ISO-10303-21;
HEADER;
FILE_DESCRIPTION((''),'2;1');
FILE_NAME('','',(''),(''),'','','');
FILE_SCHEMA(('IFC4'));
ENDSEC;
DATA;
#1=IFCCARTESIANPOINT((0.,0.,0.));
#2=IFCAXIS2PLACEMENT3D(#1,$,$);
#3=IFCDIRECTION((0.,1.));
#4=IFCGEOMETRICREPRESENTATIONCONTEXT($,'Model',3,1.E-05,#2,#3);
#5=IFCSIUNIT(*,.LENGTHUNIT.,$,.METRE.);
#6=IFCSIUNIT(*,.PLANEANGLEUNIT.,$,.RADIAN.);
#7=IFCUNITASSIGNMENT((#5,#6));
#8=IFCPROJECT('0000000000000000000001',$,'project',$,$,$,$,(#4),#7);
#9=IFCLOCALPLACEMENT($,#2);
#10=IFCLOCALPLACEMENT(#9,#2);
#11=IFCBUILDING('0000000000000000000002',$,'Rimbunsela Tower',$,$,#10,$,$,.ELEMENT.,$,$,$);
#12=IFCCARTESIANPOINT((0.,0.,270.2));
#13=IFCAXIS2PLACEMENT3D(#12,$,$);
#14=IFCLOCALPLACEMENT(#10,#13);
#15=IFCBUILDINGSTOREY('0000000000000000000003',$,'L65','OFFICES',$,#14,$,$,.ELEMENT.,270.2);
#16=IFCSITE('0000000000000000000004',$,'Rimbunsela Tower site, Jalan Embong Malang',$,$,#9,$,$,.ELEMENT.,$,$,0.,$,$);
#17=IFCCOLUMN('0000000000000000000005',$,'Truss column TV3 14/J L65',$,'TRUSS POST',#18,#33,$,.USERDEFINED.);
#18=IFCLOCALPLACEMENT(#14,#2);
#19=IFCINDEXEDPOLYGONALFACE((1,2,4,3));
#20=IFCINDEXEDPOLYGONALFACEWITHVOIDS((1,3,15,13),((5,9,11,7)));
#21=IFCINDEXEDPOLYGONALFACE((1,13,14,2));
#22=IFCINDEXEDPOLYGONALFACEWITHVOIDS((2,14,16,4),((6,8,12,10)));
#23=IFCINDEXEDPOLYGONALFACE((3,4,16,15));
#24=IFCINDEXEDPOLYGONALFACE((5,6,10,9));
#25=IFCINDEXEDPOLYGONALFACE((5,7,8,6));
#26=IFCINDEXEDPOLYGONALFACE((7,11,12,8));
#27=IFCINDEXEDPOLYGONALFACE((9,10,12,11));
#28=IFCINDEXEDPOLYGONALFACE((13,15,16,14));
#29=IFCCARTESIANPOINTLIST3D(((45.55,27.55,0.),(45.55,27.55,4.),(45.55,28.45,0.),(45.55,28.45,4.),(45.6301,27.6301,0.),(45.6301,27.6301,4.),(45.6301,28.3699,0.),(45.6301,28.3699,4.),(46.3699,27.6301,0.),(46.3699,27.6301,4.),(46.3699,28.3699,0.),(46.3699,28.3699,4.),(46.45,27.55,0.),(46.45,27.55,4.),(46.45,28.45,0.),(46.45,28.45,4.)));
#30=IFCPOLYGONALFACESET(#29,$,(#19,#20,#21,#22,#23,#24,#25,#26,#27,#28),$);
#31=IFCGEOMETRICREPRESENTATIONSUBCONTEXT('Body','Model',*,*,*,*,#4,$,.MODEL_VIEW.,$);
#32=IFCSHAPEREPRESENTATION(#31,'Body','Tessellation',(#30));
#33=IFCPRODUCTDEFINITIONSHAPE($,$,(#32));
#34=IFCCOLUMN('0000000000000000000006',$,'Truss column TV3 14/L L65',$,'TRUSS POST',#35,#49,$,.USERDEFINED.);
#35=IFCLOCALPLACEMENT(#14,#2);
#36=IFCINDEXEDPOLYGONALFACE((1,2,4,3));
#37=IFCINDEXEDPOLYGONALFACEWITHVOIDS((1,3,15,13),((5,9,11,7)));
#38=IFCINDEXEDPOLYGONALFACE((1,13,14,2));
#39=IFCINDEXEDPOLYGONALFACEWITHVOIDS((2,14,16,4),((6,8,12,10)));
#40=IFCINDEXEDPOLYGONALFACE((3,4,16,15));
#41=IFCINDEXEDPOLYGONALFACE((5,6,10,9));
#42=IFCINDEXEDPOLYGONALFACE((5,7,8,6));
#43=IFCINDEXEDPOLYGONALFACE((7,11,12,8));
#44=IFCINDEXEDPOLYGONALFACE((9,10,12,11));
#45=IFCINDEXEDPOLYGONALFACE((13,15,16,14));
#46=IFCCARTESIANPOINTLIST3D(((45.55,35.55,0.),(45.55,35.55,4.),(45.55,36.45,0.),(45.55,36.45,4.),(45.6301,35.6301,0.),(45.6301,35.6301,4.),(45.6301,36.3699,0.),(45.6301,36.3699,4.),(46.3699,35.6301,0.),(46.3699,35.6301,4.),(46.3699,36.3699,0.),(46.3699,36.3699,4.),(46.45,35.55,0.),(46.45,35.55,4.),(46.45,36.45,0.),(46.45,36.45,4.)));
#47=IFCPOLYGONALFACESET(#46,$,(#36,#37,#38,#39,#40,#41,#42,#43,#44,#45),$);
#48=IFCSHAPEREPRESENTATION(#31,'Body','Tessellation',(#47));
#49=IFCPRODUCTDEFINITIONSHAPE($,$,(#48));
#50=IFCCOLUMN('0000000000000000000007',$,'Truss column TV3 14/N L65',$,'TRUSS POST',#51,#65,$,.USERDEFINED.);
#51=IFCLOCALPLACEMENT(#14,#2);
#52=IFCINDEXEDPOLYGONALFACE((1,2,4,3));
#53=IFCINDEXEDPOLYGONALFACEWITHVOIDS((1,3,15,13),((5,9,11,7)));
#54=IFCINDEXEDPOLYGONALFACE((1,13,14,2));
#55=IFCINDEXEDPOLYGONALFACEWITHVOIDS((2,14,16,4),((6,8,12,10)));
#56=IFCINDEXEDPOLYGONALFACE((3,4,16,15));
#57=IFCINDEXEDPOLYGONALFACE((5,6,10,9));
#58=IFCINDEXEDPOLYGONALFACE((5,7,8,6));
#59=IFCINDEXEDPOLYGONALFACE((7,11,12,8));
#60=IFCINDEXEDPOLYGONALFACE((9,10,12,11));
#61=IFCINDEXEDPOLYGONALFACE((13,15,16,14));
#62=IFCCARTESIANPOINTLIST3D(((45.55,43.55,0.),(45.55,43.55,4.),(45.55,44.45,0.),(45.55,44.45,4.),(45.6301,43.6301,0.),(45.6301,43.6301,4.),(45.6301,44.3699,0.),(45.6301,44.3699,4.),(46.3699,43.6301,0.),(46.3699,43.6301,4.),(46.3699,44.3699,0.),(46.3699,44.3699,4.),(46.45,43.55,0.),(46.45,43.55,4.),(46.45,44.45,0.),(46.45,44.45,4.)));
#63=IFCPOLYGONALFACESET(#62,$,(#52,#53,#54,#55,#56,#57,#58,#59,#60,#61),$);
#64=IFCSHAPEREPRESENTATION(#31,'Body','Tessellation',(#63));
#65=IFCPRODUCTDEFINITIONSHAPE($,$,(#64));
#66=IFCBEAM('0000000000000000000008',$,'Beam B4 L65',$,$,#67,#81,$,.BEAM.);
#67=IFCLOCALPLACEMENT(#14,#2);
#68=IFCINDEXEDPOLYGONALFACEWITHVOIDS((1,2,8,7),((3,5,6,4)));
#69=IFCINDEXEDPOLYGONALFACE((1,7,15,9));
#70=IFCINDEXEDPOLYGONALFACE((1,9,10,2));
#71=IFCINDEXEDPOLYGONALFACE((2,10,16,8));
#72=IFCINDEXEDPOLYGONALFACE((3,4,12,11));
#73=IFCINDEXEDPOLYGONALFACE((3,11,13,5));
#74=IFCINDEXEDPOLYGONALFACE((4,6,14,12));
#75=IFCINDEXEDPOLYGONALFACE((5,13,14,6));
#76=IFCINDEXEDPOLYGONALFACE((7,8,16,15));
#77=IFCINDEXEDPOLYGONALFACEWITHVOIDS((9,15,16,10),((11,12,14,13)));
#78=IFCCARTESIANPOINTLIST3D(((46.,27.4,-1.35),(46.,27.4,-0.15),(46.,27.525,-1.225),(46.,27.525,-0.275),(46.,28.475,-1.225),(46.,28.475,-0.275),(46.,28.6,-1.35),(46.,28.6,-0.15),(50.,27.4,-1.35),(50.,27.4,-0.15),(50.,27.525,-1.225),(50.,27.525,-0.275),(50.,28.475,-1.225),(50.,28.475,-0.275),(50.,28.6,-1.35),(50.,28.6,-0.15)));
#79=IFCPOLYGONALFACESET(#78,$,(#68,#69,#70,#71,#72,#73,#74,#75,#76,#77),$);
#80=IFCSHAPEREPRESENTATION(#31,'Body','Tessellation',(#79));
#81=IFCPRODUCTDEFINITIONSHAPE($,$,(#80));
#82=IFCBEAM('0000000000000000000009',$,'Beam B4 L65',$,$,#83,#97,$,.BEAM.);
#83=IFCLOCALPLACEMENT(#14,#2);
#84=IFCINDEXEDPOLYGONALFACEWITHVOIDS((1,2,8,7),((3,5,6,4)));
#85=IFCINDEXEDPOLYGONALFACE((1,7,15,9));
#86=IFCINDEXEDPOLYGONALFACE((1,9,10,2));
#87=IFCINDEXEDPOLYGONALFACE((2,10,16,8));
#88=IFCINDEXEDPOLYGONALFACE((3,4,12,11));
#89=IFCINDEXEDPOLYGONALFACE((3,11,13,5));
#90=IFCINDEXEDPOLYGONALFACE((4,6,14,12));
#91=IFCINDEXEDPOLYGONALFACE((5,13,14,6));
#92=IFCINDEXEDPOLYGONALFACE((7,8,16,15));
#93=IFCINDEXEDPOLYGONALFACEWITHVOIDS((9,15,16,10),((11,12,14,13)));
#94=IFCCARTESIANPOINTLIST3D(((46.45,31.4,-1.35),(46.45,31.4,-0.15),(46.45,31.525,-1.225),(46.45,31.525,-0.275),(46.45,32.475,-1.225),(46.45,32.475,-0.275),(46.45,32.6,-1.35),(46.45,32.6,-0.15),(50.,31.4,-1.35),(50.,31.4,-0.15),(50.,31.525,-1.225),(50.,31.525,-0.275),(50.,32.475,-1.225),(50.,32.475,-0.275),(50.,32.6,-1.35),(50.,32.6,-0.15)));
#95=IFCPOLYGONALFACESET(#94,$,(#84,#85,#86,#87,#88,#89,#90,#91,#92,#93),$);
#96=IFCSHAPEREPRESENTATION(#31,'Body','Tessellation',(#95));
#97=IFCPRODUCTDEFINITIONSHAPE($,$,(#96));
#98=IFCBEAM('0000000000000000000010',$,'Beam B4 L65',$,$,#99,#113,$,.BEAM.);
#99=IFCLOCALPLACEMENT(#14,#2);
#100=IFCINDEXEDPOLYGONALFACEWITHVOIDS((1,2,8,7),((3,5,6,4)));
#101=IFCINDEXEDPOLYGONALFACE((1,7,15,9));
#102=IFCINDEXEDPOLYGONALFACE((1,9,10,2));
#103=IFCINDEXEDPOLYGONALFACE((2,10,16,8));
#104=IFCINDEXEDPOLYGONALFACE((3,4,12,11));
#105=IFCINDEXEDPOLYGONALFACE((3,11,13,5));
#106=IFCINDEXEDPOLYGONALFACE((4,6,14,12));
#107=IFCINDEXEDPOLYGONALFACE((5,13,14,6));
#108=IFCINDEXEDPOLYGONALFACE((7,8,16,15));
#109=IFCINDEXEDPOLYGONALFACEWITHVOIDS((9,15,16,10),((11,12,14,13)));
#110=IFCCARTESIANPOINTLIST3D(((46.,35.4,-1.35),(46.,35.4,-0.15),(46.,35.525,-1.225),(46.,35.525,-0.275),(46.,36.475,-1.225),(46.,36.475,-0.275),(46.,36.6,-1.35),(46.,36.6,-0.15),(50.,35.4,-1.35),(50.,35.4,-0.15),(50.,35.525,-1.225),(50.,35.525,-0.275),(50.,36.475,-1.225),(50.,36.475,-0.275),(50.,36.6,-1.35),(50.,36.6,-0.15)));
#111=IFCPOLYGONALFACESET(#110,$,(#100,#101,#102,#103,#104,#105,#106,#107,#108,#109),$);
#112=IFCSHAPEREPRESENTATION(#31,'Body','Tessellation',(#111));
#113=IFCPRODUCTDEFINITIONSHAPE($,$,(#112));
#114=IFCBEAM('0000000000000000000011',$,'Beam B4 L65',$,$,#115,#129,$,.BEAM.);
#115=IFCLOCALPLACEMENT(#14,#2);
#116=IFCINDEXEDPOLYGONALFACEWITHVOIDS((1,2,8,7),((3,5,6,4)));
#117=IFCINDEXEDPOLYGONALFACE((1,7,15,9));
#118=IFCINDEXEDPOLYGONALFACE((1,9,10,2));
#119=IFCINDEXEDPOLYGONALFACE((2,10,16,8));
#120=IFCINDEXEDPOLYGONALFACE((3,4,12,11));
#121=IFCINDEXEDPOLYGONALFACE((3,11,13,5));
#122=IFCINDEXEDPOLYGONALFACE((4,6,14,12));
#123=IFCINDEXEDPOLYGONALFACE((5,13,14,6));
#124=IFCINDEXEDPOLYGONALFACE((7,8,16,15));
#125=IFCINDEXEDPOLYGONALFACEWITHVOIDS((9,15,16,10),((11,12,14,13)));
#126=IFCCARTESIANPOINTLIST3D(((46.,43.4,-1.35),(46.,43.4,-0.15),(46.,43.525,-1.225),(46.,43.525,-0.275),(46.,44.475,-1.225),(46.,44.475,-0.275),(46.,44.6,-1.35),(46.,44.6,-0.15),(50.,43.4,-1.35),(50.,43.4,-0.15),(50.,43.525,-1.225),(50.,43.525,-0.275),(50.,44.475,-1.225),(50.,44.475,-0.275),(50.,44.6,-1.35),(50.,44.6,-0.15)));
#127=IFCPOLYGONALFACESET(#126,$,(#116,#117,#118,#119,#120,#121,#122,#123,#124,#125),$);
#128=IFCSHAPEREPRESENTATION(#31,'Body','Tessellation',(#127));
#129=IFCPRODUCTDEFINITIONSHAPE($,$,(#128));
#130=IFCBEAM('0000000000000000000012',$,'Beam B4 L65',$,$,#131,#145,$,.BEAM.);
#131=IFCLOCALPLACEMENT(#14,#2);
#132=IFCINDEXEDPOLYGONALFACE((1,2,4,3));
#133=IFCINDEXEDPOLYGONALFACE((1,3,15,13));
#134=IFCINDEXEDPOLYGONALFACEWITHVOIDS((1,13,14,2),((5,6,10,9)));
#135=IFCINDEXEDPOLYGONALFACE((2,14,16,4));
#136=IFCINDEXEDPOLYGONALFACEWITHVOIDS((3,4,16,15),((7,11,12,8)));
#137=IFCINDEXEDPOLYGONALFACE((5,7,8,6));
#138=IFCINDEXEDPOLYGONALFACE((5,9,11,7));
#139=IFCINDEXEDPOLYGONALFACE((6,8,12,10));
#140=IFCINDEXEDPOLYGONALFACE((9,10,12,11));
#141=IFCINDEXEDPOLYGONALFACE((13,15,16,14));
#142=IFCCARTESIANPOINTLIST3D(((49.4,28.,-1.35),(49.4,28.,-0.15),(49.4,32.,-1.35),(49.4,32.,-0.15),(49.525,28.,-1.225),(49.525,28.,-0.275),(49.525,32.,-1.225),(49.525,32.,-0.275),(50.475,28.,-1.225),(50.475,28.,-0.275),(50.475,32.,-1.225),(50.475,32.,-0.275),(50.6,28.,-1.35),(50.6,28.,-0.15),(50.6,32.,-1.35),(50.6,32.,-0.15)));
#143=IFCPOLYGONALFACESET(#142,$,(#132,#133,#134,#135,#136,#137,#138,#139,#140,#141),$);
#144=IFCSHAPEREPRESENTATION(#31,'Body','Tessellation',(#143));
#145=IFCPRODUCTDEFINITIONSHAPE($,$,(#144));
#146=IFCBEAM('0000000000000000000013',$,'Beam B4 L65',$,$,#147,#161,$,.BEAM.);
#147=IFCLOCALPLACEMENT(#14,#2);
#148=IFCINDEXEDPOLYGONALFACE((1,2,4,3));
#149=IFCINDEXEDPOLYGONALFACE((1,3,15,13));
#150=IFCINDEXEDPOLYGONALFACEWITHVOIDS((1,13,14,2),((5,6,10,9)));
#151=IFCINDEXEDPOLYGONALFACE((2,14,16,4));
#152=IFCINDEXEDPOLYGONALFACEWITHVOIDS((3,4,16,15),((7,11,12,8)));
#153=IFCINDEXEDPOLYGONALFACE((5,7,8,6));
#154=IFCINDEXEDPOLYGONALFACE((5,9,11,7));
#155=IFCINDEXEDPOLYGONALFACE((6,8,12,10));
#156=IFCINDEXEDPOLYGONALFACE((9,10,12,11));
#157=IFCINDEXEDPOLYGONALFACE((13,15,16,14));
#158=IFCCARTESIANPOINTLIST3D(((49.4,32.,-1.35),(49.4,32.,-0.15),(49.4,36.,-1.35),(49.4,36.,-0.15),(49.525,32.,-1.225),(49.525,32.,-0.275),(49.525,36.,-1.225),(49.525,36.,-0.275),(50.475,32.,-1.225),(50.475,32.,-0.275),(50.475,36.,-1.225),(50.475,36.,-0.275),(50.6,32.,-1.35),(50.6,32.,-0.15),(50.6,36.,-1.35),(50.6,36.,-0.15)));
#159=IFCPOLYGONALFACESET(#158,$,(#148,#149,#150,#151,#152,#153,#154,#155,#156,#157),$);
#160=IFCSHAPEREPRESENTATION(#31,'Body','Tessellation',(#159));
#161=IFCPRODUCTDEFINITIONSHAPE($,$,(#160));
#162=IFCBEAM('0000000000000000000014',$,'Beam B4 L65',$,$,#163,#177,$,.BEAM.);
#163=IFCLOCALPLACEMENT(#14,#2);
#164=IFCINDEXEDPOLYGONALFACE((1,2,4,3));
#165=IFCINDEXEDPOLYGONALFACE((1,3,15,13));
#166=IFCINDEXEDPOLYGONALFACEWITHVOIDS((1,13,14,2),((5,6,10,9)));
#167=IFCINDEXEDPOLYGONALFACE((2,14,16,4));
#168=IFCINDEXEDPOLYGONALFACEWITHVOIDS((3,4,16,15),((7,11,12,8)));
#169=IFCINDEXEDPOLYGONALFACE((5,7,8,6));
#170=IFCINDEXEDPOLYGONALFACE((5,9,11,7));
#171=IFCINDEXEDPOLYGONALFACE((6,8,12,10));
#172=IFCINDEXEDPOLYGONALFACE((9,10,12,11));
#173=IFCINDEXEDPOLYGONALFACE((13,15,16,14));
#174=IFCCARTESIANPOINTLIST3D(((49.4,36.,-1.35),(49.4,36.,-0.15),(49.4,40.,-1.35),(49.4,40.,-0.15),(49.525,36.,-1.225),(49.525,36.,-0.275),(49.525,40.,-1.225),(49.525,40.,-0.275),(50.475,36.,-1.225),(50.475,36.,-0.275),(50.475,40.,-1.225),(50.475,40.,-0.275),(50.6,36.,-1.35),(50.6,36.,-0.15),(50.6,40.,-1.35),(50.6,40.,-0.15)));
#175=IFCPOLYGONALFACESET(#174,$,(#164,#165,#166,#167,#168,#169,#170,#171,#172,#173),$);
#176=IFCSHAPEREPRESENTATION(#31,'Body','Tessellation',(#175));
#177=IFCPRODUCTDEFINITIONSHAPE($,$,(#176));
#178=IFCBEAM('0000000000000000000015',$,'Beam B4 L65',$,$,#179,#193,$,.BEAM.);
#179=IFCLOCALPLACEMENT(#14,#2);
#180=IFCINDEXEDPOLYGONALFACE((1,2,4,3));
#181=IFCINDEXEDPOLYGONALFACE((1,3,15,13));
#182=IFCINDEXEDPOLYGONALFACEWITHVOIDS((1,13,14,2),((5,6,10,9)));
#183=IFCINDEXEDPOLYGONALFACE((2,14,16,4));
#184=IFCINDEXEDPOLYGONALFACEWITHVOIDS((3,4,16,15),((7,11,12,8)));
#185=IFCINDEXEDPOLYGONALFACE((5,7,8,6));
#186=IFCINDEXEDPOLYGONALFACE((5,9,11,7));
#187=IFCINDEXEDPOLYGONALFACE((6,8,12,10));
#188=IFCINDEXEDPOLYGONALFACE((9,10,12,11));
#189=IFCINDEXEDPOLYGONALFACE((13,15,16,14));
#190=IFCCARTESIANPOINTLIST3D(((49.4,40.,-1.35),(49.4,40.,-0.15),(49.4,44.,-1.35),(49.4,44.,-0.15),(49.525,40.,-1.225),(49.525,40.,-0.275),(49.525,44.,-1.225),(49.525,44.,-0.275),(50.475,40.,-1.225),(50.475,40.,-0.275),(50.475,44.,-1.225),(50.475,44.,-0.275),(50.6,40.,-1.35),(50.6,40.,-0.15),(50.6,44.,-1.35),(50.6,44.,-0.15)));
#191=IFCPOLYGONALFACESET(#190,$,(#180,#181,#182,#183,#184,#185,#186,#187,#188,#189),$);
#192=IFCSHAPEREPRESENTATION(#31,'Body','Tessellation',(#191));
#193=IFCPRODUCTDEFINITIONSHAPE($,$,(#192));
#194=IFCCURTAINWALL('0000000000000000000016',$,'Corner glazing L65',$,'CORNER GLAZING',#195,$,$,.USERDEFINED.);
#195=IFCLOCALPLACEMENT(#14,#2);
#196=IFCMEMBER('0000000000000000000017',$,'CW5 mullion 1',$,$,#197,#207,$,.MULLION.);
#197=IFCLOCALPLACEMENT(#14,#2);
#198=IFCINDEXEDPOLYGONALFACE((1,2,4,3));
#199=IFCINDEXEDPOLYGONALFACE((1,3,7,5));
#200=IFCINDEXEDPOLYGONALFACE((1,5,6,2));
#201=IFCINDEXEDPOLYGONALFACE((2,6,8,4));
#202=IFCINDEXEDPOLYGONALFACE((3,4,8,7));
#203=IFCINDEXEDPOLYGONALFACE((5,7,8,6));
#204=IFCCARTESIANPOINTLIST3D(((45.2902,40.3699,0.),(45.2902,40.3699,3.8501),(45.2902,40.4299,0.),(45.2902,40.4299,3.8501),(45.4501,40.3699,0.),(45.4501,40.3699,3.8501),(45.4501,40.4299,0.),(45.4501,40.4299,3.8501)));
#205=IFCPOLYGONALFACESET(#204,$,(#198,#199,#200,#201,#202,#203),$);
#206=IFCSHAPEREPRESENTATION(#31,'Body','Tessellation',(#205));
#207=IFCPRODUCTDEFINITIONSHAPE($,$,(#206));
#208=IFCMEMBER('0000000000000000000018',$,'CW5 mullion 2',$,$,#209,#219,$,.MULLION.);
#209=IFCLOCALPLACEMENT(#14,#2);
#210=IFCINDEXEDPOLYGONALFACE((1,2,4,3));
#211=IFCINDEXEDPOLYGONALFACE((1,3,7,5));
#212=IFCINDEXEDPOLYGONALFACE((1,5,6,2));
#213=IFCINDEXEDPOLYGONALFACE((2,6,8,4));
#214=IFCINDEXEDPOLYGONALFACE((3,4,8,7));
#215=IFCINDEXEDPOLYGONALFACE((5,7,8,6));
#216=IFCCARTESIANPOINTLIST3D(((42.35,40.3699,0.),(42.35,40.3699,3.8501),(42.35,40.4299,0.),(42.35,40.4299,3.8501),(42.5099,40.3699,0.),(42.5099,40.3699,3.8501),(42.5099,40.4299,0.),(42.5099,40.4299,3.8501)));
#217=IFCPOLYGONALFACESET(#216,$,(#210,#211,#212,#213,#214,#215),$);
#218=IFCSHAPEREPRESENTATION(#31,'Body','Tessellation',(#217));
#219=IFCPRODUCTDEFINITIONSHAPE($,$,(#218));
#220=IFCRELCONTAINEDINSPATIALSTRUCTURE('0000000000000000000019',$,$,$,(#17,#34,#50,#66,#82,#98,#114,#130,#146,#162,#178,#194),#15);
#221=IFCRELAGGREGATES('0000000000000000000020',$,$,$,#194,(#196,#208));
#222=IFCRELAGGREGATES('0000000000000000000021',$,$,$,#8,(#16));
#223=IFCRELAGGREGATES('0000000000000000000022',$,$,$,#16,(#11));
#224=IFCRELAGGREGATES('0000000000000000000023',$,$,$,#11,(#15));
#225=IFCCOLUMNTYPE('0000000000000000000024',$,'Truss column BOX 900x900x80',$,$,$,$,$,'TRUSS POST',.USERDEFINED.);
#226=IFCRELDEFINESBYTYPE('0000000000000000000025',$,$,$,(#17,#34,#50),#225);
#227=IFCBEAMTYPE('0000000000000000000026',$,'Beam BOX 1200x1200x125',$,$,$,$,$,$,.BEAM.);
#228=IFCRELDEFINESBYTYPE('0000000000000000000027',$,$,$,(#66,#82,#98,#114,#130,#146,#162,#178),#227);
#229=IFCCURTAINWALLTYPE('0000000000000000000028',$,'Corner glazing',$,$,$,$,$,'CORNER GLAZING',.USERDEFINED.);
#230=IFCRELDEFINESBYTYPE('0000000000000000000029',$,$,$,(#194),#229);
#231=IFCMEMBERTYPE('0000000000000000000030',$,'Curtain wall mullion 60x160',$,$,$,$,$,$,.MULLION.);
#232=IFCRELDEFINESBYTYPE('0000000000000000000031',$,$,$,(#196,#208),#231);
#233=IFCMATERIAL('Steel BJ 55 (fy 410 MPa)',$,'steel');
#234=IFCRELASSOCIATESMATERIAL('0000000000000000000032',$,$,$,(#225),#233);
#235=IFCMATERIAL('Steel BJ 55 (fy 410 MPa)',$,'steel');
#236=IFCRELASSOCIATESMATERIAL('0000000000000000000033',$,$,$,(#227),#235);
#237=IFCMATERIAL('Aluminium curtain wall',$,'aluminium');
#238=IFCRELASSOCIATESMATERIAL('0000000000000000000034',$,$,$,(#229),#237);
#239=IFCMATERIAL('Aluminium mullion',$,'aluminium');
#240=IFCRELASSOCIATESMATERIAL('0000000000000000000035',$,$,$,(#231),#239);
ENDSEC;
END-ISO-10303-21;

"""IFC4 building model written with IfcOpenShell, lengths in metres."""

from ifc_helpers import new_model, si_unit, direction, frame, origin, origin_2d, place, context, subcontext, project, spatial, rectangle, hollow_rectangle, extrude, material, material_profile, profile_set, type_object, element, aggregate, save


model = new_model("IFC4")

# Units and contexts
model_context = context("Model", 3, precision=1e-05, world=origin(), true_north=direction((0.0, 1.0)))
body_context = subcontext(model_context, "Body", "Model", "MODEL_VIEW")
ifc_project = project(units=[si_unit("LENGTHUNIT", "METRE"), si_unit("PLANEANGLEUNIT", "RADIAN")], contexts=[model_context])

# Site, building, storey
site_placement = place(None, origin())
site = spatial("IfcSite", under=ifc_project, at=site_placement, Name="Rimbunsela Tower site, Jalan Embong Malang", CompositionType="ELEMENT", RefElevation=0.0)
building_placement = place(site_placement, origin())
building = spatial("IfcBuilding", under=site, at=building_placement, Name="Rimbunsela Tower", CompositionType="ELEMENT")
storey_placement = place(building_placement, frame((0.0, 0.0, 270.2)))
storey = spatial("IfcBuildingStorey", under=building, at=storey_placement, Name="L65", Description="OFFICES", CompositionType="ELEMENT", Elevation=270.2)

# Columns
ifc_material_1 = material(Name="Steel BJ 55 (fy 410 MPa)", Category="steel")
ifc_material_profile_1 = material_profile(ifc_material_1, hollow_rectangle(XDim=0.8999, YDim=0.8999, WallThickness=0.0801, at=origin_2d()), Name="BOX 900x900x80")
ifc_profile_set_1 = profile_set([ifc_material_profile_1], Name="Steel BJ 55 (fy 410 MPa)")
column_type = type_object("IfcColumnType", Name="Truss column BOX 900x900x80", ElementType="TRUSS POST", PredefinedType="USERDEFINED", material=ifc_profile_set_1)
for number, where, z_axis, x_axis, name in (
    (1, (46.0, 28.0, 0.0), (0.0, 0.0, 1.0), (1.0, 0.0, 0.0), "Truss column TV3 14/J L65"),
    (2, (46.0, 36.0, 0.0), (0.0, 0.0, 1.0), (1.0, 0.0, 0.0), "Truss column TV3 14/L L65"),
    (3, (46.0, 44.0, 0.0), (0.0, 0.0, 1.0), (1.0, 0.0, 0.0), "Truss column TV3 14/N L65"),
):
    element("IfcColumn", number, at=place(storey_placement, frame(where, z_axis=z_axis, x_axis=x_axis)), inside=storey, type_object=column_type, Name=name, ObjectType="TRUSS POST", PredefinedType="USERDEFINED", context=body_context, shape_type="SweptSolid", body=[
        extrude(hollow_rectangle(XDim=0.8999, YDim=0.8999, WallThickness=0.0801, at=origin_2d()), origin(), (0.0, 0.0, 1.0), 4.0),
    ])

# Beams
ifc_material_2 = material(Name="Steel BJ 55 (fy 410 MPa)", Category="steel")
ifc_material_profile_2 = material_profile(ifc_material_2, hollow_rectangle(XDim=1.2, YDim=1.2, WallThickness=0.125, at=origin_2d()), Name="BOX 1200x1200x125")
ifc_profile_set_2 = profile_set([ifc_material_profile_2], Name="Steel BJ 55 (fy 410 MPa)")
beam_type_1 = type_object("IfcBeamType", Name="Beam BOX 1200x1200x125", PredefinedType="BEAM", material=ifc_profile_set_2)
beam_1_placement = place(storey_placement, frame((46.0, 28.0, -0.75), z_axis=(1.0, 0.0, 0.0), x_axis=(0.0, 1.0, 0.0)))
element("IfcBeam", 4, at=beam_1_placement, inside=storey, type_object=beam_type_1, Name="Beam B4 L65", PredefinedType="BEAM", context=body_context, shape_type="SweptSolid", body=[
    extrude(hollow_rectangle(XDim=1.2, YDim=1.2, WallThickness=0.125, at=origin_2d()), origin(), (0.0, 0.0, 1.0), 4.0),
])
beam_2_placement = place(storey_placement, frame((46.45, 32.0, -0.75), z_axis=(1.0, 0.0, 0.0), x_axis=(0.0, 1.0, 0.0)))
element("IfcBeam", 5, at=beam_2_placement, inside=storey, type_object=beam_type_1, Name="Beam B4 L65", PredefinedType="BEAM", context=body_context, shape_type="SweptSolid", body=[
    extrude(hollow_rectangle(XDim=1.2, YDim=1.2, WallThickness=0.125, at=origin_2d()), origin(), (0.0, 0.0, 1.0), 3.55),
])
for number, where, z_axis, x_axis, name in (
    (6, (46.0, 36.0, -0.75), (1.0, 0.0, 0.0), (0.0, 1.0, 0.0), "Beam B4 L65"),
    (7, (46.0, 44.0, -0.75), (1.0, 0.0, 0.0), (0.0, 1.0, 0.0), "Beam B4 L65"),
    (8, (50.0, 28.0, -0.75), (0.0, 1.0, 0.0), (-1.0, 0.0, 0.0), "Beam B4 L65"),
    (9, (50.0, 32.0, -0.75), (0.0, 1.0, 0.0), (-1.0, 0.0, 0.0), "Beam B4 L65"),
    (10, (50.0, 36.0, -0.75), (0.0, 1.0, 0.0), (-1.0, 0.0, 0.0), "Beam B4 L65"),
    (11, (50.0, 40.0, -0.75), (0.0, 1.0, 0.0), (-1.0, 0.0, 0.0), "Beam B4 L65"),
):
    element("IfcBeam", number, at=place(storey_placement, frame(where, z_axis=z_axis, x_axis=x_axis)), inside=storey, type_object=beam_type_1, Name=name, PredefinedType="BEAM", context=body_context, shape_type="SweptSolid", body=[
        extrude(hollow_rectangle(XDim=1.2, YDim=1.2, WallThickness=0.125, at=origin_2d()), origin(), (0.0, 0.0, 1.0), 4.0),
    ])

# Curtain wall, members
ifc_material_3 = material(Name="Aluminium curtain wall", Category="aluminium")
curtain_wall_type_1 = type_object("IfcCurtainWallType", Name="Corner glazing", ElementType="CORNER GLAZING", PredefinedType="USERDEFINED", material=ifc_material_3)
curtain_wall_1_placement = place(storey_placement, origin())
curtain_wall_1 = element("IfcCurtainWall", 12, at=curtain_wall_1_placement, inside=storey, type_object=curtain_wall_type_1, Name="Corner glazing L65", ObjectType="CORNER GLAZING", PredefinedType="USERDEFINED")
ifc_material_4 = material(Name="Aluminium mullion", Category="aluminium")
ifc_material_profile_3 = material_profile(ifc_material_4, rectangle(XDim=0.0601, YDim=0.1599, at=origin_2d()), Name="Mullion 60x160")
ifc_profile_set_3 = profile_set([ifc_material_profile_3], Name="Aluminium mullion")
member_type_1 = type_object("IfcMemberType", Name="Curtain wall mullion 60x160", PredefinedType="MULLION", material=ifc_profile_set_3)
member_1_placement = place(storey_placement, frame((45.3701, 40.3999, 0.0), z_axis=(0.0, 0.0, 1.0), x_axis=(0.0, -1.0, 0.0)))
member_1 = element("IfcMember", 13, at=member_1_placement, type_object=member_type_1, Name="CW5 mullion 1", PredefinedType="MULLION", context=body_context, shape_type="SweptSolid", body=[
    extrude(rectangle(XDim=0.0601, YDim=0.1599, at=origin_2d()), origin(), (0.0, 0.0, 1.0), 3.8501),
])
member_2_placement = place(storey_placement, frame((42.4299, 40.3999, 0.0), z_axis=(0.0, 0.0, 1.0), x_axis=(0.0, -1.0, 0.0)))
member_2 = element("IfcMember", 14, at=member_2_placement, type_object=member_type_1, Name="CW5 mullion 2", PredefinedType="MULLION", context=body_context, shape_type="SweptSolid", body=[
    extrude(rectangle(XDim=0.0601, YDim=0.1599, at=origin_2d()), origin(), (0.0, 0.0, 1.0), 3.8501),
])

aggregate(curtain_wall_1, [member_1, member_2])

save(model, "model.ifc")
